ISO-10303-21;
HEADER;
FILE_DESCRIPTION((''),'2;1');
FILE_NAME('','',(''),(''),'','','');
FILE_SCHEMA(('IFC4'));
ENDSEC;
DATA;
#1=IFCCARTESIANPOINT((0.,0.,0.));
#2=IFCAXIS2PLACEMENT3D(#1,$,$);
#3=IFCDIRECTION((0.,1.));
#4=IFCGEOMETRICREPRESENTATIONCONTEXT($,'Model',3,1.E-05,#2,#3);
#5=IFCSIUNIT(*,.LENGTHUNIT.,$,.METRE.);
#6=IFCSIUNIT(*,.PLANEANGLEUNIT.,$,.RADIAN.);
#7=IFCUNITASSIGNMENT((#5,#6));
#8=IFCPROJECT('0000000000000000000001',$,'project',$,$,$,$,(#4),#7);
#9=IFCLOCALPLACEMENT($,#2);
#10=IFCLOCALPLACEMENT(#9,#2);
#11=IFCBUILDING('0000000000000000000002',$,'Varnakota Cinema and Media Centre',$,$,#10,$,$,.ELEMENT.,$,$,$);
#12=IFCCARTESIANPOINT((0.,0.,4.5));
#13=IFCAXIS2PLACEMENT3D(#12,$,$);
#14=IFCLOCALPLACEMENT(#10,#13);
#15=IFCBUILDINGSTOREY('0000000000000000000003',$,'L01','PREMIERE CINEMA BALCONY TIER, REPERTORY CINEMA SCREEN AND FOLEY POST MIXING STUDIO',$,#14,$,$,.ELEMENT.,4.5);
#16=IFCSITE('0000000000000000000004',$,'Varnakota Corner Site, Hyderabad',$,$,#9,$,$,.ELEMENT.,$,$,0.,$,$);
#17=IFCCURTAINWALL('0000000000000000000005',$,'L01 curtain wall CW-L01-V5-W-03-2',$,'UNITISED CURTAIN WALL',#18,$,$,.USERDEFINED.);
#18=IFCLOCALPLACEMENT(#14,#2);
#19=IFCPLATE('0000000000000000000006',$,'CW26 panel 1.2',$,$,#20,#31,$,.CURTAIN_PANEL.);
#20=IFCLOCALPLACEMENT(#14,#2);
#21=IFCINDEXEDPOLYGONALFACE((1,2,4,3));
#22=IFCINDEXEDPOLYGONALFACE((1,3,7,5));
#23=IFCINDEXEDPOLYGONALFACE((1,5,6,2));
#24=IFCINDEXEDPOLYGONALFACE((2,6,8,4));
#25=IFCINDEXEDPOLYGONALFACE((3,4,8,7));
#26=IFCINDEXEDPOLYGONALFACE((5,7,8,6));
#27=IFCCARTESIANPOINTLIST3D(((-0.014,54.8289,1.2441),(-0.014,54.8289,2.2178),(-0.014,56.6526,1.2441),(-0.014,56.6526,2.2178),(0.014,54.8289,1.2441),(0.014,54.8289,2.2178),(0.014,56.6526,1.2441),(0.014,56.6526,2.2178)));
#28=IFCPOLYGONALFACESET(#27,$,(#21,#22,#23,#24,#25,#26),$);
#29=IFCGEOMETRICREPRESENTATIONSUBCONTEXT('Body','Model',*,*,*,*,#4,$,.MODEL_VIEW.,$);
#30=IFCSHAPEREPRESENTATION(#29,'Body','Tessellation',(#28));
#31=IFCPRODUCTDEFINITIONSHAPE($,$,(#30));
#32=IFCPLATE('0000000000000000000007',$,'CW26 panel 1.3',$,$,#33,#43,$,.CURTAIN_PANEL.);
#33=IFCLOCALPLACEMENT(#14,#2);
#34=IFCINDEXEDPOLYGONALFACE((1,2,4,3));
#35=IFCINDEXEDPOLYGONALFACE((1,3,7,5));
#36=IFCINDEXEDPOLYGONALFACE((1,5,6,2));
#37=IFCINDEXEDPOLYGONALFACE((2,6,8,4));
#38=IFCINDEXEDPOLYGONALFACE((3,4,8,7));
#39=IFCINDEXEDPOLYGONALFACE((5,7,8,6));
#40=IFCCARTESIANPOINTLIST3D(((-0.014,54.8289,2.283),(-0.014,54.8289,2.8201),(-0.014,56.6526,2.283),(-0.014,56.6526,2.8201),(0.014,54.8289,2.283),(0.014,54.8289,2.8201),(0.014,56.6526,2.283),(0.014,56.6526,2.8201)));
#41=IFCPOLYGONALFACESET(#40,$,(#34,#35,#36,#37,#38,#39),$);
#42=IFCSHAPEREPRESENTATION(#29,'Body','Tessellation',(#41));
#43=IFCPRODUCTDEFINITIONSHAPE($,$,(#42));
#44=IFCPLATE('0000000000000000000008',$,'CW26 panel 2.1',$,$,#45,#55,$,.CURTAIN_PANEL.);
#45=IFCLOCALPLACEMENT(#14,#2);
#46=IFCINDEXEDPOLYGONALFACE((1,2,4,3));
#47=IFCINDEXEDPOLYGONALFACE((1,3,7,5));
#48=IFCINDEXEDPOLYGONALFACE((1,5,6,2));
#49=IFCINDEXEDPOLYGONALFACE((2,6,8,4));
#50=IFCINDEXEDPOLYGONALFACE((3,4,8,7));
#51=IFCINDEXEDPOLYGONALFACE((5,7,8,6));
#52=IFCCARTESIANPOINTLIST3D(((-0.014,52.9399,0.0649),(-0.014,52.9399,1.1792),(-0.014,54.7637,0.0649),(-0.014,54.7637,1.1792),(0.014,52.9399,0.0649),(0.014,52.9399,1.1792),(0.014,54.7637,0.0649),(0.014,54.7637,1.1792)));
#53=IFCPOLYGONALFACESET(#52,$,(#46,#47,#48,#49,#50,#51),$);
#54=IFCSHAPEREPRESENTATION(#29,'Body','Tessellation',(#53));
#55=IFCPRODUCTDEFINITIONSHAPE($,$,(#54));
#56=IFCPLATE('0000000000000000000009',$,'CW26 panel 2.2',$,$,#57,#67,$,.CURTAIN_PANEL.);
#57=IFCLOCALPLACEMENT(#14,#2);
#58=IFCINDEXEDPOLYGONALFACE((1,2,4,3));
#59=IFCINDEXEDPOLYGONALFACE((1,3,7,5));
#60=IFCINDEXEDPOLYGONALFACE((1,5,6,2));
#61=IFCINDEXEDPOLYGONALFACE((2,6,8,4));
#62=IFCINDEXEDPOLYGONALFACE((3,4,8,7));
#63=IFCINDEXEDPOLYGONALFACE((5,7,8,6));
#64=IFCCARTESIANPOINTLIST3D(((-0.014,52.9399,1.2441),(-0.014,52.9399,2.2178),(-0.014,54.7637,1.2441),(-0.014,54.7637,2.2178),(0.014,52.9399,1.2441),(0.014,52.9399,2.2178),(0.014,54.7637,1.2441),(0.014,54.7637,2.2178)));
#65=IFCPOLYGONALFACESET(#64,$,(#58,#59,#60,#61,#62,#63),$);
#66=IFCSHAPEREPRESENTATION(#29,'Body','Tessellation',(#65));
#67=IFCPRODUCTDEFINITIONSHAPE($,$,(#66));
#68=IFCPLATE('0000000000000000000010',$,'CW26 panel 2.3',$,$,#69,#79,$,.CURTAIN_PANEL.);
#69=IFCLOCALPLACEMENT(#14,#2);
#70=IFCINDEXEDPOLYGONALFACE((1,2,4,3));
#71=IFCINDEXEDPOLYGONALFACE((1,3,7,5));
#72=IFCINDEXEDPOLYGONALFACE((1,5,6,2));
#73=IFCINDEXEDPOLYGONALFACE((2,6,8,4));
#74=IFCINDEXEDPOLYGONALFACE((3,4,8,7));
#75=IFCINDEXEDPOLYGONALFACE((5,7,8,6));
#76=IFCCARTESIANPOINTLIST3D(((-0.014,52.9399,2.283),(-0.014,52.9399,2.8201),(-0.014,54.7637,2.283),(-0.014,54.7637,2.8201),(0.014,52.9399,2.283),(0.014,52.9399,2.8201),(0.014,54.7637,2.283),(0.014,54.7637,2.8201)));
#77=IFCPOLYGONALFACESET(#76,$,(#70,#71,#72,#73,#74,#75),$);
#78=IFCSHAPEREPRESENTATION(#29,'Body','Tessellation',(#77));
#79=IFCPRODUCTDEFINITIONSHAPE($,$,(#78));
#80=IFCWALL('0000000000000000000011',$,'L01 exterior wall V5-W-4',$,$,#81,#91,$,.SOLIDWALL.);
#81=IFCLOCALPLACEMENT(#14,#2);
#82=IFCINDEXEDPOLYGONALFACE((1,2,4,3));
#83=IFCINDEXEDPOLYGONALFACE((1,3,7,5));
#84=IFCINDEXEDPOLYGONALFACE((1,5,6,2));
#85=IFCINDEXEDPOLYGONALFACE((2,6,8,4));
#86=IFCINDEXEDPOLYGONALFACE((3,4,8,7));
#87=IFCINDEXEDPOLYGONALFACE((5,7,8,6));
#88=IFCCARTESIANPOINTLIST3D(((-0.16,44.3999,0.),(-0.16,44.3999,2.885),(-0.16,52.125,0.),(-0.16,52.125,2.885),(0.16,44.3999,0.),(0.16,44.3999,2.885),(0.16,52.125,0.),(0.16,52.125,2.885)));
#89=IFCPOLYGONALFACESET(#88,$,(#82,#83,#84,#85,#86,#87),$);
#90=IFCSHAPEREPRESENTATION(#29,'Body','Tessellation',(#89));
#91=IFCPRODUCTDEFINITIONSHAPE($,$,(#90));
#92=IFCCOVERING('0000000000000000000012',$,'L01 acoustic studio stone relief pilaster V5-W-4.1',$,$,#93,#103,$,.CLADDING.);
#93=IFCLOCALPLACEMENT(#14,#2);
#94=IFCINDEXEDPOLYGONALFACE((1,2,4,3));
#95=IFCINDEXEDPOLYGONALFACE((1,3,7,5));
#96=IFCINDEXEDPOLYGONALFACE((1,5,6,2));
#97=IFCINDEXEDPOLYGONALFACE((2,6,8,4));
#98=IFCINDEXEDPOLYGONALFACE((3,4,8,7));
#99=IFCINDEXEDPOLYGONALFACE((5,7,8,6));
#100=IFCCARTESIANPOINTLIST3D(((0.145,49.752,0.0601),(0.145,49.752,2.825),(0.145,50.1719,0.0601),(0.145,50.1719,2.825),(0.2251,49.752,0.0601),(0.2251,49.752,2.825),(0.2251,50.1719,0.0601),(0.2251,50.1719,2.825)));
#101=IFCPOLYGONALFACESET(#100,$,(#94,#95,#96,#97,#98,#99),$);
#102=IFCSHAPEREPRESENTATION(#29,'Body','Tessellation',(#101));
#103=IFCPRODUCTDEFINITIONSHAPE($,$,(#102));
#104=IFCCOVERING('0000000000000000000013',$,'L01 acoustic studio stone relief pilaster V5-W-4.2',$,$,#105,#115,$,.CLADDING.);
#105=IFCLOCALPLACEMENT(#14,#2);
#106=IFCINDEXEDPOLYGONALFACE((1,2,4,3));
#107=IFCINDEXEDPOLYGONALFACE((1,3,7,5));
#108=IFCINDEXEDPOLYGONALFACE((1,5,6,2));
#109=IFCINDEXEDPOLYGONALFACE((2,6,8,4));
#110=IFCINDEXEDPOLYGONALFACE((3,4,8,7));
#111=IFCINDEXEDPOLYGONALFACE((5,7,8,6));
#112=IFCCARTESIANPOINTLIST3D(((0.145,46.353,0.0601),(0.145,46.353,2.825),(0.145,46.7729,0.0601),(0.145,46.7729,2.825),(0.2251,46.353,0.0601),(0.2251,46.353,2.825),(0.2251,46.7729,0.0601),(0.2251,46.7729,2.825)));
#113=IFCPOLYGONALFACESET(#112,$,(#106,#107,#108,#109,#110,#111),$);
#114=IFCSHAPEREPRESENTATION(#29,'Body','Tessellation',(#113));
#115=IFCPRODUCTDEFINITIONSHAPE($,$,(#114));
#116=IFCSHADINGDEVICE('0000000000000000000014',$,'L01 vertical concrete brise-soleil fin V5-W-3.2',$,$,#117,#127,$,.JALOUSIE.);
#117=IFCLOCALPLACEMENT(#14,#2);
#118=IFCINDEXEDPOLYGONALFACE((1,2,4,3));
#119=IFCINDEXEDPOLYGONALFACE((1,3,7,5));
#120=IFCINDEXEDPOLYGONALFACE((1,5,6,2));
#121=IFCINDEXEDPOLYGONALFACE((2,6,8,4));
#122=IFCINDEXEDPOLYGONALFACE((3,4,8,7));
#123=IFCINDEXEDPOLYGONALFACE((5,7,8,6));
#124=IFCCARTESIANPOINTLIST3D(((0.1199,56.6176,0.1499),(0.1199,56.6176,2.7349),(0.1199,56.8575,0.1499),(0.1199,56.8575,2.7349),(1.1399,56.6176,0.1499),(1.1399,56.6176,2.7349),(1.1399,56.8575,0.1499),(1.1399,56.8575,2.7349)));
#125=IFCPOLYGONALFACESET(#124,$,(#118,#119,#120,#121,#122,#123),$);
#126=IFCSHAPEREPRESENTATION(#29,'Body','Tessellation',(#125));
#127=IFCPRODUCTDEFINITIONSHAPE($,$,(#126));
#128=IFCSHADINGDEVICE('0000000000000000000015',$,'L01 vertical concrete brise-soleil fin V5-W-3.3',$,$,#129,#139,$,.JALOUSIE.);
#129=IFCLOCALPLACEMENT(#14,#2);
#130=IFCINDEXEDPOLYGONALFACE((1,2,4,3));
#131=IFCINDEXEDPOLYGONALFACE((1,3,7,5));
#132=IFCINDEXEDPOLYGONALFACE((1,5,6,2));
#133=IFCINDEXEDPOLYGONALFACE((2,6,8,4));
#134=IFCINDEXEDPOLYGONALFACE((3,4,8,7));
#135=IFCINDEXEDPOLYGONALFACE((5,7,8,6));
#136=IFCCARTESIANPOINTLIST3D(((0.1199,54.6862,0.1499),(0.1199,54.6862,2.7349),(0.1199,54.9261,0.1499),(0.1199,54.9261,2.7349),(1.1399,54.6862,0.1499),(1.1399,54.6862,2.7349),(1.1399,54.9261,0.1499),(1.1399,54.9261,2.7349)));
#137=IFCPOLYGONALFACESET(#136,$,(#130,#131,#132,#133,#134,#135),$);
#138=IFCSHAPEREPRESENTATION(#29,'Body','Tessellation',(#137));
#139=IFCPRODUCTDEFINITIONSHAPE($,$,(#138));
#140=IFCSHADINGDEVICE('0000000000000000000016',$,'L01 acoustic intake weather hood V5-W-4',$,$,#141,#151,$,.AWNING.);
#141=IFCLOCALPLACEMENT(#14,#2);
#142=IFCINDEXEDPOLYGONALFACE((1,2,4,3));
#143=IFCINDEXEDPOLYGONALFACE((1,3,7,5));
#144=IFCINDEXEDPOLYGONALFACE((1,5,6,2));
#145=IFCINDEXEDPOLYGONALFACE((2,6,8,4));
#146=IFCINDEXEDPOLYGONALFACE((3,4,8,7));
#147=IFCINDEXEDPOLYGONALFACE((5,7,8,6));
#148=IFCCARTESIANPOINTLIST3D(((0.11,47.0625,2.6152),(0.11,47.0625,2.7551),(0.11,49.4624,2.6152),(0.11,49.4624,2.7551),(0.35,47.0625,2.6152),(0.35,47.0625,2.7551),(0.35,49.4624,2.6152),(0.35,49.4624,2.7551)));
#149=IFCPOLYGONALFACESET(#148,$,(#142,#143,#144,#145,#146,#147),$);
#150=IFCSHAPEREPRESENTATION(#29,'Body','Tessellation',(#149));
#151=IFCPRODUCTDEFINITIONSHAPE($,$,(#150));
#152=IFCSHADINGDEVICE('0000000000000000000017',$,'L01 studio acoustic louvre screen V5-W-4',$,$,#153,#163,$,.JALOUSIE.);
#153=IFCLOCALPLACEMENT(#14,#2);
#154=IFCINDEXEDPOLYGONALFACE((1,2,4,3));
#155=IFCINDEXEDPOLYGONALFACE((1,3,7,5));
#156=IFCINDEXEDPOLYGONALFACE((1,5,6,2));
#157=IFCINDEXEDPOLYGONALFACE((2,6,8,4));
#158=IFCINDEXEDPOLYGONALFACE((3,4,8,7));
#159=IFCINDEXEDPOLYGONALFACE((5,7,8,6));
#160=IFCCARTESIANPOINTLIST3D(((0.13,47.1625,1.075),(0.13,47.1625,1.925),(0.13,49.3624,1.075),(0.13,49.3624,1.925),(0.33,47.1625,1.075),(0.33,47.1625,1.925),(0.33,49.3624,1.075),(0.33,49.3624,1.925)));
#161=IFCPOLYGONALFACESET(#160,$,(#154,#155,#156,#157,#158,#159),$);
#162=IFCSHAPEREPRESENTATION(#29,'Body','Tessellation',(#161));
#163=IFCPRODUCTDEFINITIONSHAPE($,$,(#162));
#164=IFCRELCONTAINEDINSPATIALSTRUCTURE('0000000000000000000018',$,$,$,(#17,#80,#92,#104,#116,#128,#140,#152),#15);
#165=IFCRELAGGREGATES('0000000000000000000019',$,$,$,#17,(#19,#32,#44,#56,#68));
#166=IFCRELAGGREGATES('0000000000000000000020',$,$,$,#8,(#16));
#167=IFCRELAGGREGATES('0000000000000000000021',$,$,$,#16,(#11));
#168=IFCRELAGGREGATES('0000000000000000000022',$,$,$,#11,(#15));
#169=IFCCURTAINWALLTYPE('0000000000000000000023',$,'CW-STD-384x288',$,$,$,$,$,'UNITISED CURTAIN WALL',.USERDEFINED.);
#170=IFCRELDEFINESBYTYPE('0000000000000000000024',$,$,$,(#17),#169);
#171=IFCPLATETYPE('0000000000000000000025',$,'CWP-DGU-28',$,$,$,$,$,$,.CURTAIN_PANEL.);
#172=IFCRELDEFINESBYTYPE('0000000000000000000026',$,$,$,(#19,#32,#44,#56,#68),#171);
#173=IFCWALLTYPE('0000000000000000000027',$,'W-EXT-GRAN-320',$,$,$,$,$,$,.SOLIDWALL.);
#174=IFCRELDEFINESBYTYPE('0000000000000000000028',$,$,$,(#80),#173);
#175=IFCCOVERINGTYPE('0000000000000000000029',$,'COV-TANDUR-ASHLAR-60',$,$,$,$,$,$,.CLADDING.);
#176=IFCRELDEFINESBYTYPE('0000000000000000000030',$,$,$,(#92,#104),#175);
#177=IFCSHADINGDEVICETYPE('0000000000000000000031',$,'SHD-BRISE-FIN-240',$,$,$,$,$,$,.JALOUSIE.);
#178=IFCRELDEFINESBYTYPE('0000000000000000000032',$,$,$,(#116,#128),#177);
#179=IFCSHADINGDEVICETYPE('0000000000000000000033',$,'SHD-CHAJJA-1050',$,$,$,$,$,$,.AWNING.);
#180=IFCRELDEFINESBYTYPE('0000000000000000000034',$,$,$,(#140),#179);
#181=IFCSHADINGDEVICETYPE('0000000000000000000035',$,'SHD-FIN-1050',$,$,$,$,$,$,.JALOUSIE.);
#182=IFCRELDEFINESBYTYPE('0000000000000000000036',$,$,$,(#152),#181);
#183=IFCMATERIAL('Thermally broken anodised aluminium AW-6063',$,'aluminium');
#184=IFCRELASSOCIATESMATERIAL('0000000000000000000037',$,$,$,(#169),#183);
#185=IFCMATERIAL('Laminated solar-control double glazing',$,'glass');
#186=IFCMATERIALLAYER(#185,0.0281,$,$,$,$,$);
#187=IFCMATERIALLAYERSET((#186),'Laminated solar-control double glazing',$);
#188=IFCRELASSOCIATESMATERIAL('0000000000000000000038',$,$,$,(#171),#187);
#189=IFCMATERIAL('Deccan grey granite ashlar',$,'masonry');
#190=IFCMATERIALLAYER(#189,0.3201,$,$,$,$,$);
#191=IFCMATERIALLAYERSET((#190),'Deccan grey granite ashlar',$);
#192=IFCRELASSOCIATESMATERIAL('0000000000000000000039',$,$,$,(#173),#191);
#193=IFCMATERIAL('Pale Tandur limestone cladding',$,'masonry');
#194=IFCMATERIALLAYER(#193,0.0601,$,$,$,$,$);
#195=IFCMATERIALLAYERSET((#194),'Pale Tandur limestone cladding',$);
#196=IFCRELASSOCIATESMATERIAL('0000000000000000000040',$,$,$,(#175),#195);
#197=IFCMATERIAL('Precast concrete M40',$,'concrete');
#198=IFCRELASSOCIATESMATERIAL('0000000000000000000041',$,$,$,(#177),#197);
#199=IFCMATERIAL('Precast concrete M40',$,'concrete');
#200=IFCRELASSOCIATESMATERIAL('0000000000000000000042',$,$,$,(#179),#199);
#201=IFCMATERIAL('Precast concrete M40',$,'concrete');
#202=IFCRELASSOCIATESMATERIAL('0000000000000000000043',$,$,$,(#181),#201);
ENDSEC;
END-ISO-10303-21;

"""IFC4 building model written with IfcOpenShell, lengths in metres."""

from ifc_helpers import new_model, si_unit, direction, frame, frame_2d, origin, origin_2d, place, context, subcontext, project, spatial, rectangle, extrude, material, layer, layer_set, type_object, element, aggregate, save


model = new_model("IFC4")

# Units and contexts
model_context = context("Model", 3, precision=1e-05, world=origin(), true_north=direction((0.0, 1.0)))
body_context = subcontext(model_context, "Body", "Model", "MODEL_VIEW")
ifc_project = project(units=[si_unit("LENGTHUNIT", "METRE"), si_unit("PLANEANGLEUNIT", "RADIAN")], contexts=[model_context])

# Site, building, storey
site_placement = place(None, origin())
site = spatial("IfcSite", under=ifc_project, at=site_placement, Name="Varnakota Corner Site, Hyderabad", CompositionType="ELEMENT", RefElevation=0.0)
building_placement = place(site_placement, origin())
building = spatial("IfcBuilding", under=site, at=building_placement, Name="Varnakota Cinema and Media Centre", CompositionType="ELEMENT")
storey_placement = place(building_placement, frame((0.0, 0.0, 4.5)))
storey = spatial("IfcBuildingStorey", under=building, at=storey_placement, Name="L01", Description="PREMIERE CINEMA BALCONY TIER, REPERTORY CINEMA SCREEN AND FOLEY POST MIXING STUDIO", CompositionType="ELEMENT", Elevation=4.5)

# Shared definitions
ifc_material_1 = material(Name="Thermally broken anodised aluminium AW-6063", Category="aluminium")
curtain_wall_type = type_object("IfcCurtainWallType", Name="CW-STD-384x288", ElementType="UNITISED CURTAIN WALL", PredefinedType="USERDEFINED", material=ifc_material_1)

# Curtain wall
curtain_wall_1_placement = place(storey_placement, origin())
curtain_wall_1 = element("IfcCurtainWall", 1, at=curtain_wall_1_placement, inside=storey, type_object=curtain_wall_type, Name="L01 curtain wall CW-L01-V5-W-03-2", ObjectType="UNITISED CURTAIN WALL", PredefinedType="USERDEFINED")

# Plates
ifc_material_2 = material(Name="Laminated solar-control double glazing", Category="glass")
ifc_layer_1 = layer(ifc_material_2, 0.0281)
ifc_layer_set_1 = layer_set([ifc_layer_1], Name="Laminated solar-control double glazing")
plate_type = type_object("IfcPlateType", Name="CWP-DGU-28", PredefinedType="CURTAIN_PANEL", material=ifc_layer_set_1)
plate_1_placement = place(storey_placement, frame((0.0, 55.7407, 1.2441), z_axis=(0.0, 0.0, 1.0), x_axis=(0.0, -1.0, 0.0)))
plate_1 = element("IfcPlate", 2, at=plate_1_placement, type_object=plate_type, Name="CW26 panel 1.2", PredefinedType="CURTAIN_PANEL", context=body_context, shape_type="SweptSolid", body=[
    extrude(rectangle(XDim=1.8237, YDim=0.0281, at=origin_2d()), origin(), (0.0, 0.0, 1.0), 0.9736),
])
plate_2_placement = place(storey_placement, frame((0.0, 55.7407, 2.283), z_axis=(0.0, 0.0, 1.0), x_axis=(0.0, -1.0, 0.0)))
plate_2 = element("IfcPlate", 3, at=plate_2_placement, type_object=plate_type, Name="CW26 panel 1.3", PredefinedType="CURTAIN_PANEL", context=body_context, shape_type="SweptSolid", body=[
    extrude(rectangle(XDim=1.8237, YDim=0.0281, at=origin_2d()), origin(), (0.0, 0.0, 1.0), 0.5371),
])
plate_3_placement = place(storey_placement, frame((0.0, 53.8518, 0.0649), z_axis=(0.0, 0.0, 1.0), x_axis=(0.0, -1.0, 0.0)))
plate_3 = element("IfcPlate", 4, at=plate_3_placement, type_object=plate_type, Name="CW26 panel 2.1", PredefinedType="CURTAIN_PANEL", context=body_context, shape_type="SweptSolid", body=[
    extrude(rectangle(XDim=1.8237, YDim=0.0281, at=origin_2d()), origin(), (0.0, 0.0, 1.0), 1.1143),
])
plate_4_placement = place(storey_placement, frame((0.0, 53.8518, 1.2441), z_axis=(0.0, 0.0, 1.0), x_axis=(0.0, -1.0, 0.0)))
plate_4 = element("IfcPlate", 5, at=plate_4_placement, type_object=plate_type, Name="CW26 panel 2.2", PredefinedType="CURTAIN_PANEL", context=body_context, shape_type="SweptSolid", body=[
    extrude(rectangle(XDim=1.8237, YDim=0.0281, at=origin_2d()), origin(), (0.0, 0.0, 1.0), 0.9736),
])
plate_5_placement = place(storey_placement, frame((0.0, 53.8518, 2.283), z_axis=(0.0, 0.0, 1.0), x_axis=(0.0, -1.0, 0.0)))
plate_5 = element("IfcPlate", 6, at=plate_5_placement, type_object=plate_type, Name="CW26 panel 2.3", PredefinedType="CURTAIN_PANEL", context=body_context, shape_type="SweptSolid", body=[
    extrude(rectangle(XDim=1.8237, YDim=0.0281, at=origin_2d()), origin(), (0.0, 0.0, 1.0), 0.5371),
])
aggregate(curtain_wall_1, [plate_1, plate_2, plate_3, plate_4, plate_5])

# Wall
ifc_material_3 = material(Name="Deccan grey granite ashlar", Category="masonry")
ifc_layer_2 = layer(ifc_material_3, 0.3201)
ifc_layer_set_2 = layer_set([ifc_layer_2], Name="Deccan grey granite ashlar")
wall_type = type_object("IfcWallType", Name="W-EXT-GRAN-320", PredefinedType="SOLIDWALL", material=ifc_layer_set_2)
wall_placement = place(storey_placement, frame((0.0, 52.125, 0.0), z_axis=(0.0, 0.0, 1.0), x_axis=(0.0, -1.0, 0.0)))
element("IfcWall", 7, at=wall_placement, inside=storey, type_object=wall_type, Name="L01 exterior wall V5-W-4", PredefinedType="SOLIDWALL", context=body_context, shape_type="SweptSolid", body=[
    extrude(rectangle(XDim=7.7251, YDim=0.3201, at=frame_2d((3.8625, 0.0))), origin(), (0.0, 0.0, 1.0), 2.885),
])

# Coverings
ifc_material_4 = material(Name="Pale Tandur limestone cladding", Category="masonry")
ifc_layer_3 = layer(ifc_material_4, 0.0601)
ifc_layer_set_3 = layer_set([ifc_layer_3], Name="Pale Tandur limestone cladding")
covering_type = type_object("IfcCoveringType", Name="COV-TANDUR-ASHLAR-60", PredefinedType="CLADDING", material=ifc_layer_set_3)
for number, where, z_axis, x_axis, name in (
    (8, (0.1851, 49.9619, 0.0601), (0.0, 0.0, 1.0), (0.0, -1.0, 0.0), "L01 acoustic studio stone relief pilaster V5-W-4.1"),
    (9, (0.1851, 46.563, 0.0601), (0.0, 0.0, 1.0), (0.0, -1.0, 0.0), "L01 acoustic studio stone relief pilaster V5-W-4.2"),
):
    element("IfcCovering", number, at=place(storey_placement, frame(where, z_axis=z_axis, x_axis=x_axis)), inside=storey, type_object=covering_type, Name=name, PredefinedType="CLADDING", context=body_context, shape_type="SweptSolid", body=[
        extrude(rectangle(XDim=0.4199, YDim=0.0801, at=origin_2d()), origin(), (0.0, 0.0, 1.0), 2.7649),
    ])

# Shading devices
ifc_material_5 = material(Name="Precast concrete M40", Category="concrete")
shading_device_type_1 = type_object("IfcShadingDeviceType", Name="SHD-BRISE-FIN-240", PredefinedType="JALOUSIE", material=ifc_material_5)
for number, where, z_axis, x_axis, name in (
    (10, (0.6299, 56.7375, 0.1499), (0.0, 0.0, 1.0), (0.0, -1.0, 0.0), "L01 vertical concrete brise-soleil fin V5-W-3.2"),
    (11, (0.6299, 54.8062, 0.1499), (0.0, 0.0, 1.0), (0.0, -1.0, 0.0), "L01 vertical concrete brise-soleil fin V5-W-3.3"),
):
    element("IfcShadingDevice", number, at=place(storey_placement, frame(where, z_axis=z_axis, x_axis=x_axis)), inside=storey, type_object=shading_device_type_1, Name=name, PredefinedType="JALOUSIE", context=body_context, shape_type="SweptSolid", body=[
        extrude(rectangle(XDim=0.24, YDim=1.02, at=origin_2d()), origin(), (0.0, 0.0, 1.0), 2.585),
    ])
ifc_material_6 = material(Name="Precast concrete M40", Category="concrete")
shading_device_type_2 = type_object("IfcShadingDeviceType", Name="SHD-CHAJJA-1050", PredefinedType="AWNING", material=ifc_material_6)
shading_device_1_placement = place(storey_placement, frame((0.23, 48.2625, 2.6152), z_axis=(0.0, 0.0, 1.0), x_axis=(0.0, -1.0, 0.0)))
element("IfcShadingDevice", 12, at=shading_device_1_placement, inside=storey, type_object=shading_device_type_2, Name="L01 acoustic intake weather hood V5-W-4", PredefinedType="AWNING", context=body_context, shape_type="SweptSolid", body=[
    extrude(rectangle(XDim=2.3999, YDim=0.24, at=origin_2d()), origin(), (0.0, 0.0, 1.0), 0.1399),
])
ifc_material_7 = material(Name="Precast concrete M40", Category="concrete")
shading_device_type_3 = type_object("IfcShadingDeviceType", Name="SHD-FIN-1050", PredefinedType="JALOUSIE", material=ifc_material_7)
shading_device_2_placement = place(storey_placement, frame((0.23, 48.2625, 1.075), z_axis=(0.0, 0.0, 1.0), x_axis=(0.0, -1.0, 0.0)))
element("IfcShadingDevice", 13, at=shading_device_2_placement, inside=storey, type_object=shading_device_type_3, Name="L01 studio acoustic louvre screen V5-W-4", PredefinedType="JALOUSIE", context=body_context, shape_type="SweptSolid", body=[
    extrude(rectangle(XDim=2.2, YDim=0.2, at=origin_2d()), origin(), (0.0, 0.0, 1.0), 0.8501),
])

save(model, "model.ifc")
